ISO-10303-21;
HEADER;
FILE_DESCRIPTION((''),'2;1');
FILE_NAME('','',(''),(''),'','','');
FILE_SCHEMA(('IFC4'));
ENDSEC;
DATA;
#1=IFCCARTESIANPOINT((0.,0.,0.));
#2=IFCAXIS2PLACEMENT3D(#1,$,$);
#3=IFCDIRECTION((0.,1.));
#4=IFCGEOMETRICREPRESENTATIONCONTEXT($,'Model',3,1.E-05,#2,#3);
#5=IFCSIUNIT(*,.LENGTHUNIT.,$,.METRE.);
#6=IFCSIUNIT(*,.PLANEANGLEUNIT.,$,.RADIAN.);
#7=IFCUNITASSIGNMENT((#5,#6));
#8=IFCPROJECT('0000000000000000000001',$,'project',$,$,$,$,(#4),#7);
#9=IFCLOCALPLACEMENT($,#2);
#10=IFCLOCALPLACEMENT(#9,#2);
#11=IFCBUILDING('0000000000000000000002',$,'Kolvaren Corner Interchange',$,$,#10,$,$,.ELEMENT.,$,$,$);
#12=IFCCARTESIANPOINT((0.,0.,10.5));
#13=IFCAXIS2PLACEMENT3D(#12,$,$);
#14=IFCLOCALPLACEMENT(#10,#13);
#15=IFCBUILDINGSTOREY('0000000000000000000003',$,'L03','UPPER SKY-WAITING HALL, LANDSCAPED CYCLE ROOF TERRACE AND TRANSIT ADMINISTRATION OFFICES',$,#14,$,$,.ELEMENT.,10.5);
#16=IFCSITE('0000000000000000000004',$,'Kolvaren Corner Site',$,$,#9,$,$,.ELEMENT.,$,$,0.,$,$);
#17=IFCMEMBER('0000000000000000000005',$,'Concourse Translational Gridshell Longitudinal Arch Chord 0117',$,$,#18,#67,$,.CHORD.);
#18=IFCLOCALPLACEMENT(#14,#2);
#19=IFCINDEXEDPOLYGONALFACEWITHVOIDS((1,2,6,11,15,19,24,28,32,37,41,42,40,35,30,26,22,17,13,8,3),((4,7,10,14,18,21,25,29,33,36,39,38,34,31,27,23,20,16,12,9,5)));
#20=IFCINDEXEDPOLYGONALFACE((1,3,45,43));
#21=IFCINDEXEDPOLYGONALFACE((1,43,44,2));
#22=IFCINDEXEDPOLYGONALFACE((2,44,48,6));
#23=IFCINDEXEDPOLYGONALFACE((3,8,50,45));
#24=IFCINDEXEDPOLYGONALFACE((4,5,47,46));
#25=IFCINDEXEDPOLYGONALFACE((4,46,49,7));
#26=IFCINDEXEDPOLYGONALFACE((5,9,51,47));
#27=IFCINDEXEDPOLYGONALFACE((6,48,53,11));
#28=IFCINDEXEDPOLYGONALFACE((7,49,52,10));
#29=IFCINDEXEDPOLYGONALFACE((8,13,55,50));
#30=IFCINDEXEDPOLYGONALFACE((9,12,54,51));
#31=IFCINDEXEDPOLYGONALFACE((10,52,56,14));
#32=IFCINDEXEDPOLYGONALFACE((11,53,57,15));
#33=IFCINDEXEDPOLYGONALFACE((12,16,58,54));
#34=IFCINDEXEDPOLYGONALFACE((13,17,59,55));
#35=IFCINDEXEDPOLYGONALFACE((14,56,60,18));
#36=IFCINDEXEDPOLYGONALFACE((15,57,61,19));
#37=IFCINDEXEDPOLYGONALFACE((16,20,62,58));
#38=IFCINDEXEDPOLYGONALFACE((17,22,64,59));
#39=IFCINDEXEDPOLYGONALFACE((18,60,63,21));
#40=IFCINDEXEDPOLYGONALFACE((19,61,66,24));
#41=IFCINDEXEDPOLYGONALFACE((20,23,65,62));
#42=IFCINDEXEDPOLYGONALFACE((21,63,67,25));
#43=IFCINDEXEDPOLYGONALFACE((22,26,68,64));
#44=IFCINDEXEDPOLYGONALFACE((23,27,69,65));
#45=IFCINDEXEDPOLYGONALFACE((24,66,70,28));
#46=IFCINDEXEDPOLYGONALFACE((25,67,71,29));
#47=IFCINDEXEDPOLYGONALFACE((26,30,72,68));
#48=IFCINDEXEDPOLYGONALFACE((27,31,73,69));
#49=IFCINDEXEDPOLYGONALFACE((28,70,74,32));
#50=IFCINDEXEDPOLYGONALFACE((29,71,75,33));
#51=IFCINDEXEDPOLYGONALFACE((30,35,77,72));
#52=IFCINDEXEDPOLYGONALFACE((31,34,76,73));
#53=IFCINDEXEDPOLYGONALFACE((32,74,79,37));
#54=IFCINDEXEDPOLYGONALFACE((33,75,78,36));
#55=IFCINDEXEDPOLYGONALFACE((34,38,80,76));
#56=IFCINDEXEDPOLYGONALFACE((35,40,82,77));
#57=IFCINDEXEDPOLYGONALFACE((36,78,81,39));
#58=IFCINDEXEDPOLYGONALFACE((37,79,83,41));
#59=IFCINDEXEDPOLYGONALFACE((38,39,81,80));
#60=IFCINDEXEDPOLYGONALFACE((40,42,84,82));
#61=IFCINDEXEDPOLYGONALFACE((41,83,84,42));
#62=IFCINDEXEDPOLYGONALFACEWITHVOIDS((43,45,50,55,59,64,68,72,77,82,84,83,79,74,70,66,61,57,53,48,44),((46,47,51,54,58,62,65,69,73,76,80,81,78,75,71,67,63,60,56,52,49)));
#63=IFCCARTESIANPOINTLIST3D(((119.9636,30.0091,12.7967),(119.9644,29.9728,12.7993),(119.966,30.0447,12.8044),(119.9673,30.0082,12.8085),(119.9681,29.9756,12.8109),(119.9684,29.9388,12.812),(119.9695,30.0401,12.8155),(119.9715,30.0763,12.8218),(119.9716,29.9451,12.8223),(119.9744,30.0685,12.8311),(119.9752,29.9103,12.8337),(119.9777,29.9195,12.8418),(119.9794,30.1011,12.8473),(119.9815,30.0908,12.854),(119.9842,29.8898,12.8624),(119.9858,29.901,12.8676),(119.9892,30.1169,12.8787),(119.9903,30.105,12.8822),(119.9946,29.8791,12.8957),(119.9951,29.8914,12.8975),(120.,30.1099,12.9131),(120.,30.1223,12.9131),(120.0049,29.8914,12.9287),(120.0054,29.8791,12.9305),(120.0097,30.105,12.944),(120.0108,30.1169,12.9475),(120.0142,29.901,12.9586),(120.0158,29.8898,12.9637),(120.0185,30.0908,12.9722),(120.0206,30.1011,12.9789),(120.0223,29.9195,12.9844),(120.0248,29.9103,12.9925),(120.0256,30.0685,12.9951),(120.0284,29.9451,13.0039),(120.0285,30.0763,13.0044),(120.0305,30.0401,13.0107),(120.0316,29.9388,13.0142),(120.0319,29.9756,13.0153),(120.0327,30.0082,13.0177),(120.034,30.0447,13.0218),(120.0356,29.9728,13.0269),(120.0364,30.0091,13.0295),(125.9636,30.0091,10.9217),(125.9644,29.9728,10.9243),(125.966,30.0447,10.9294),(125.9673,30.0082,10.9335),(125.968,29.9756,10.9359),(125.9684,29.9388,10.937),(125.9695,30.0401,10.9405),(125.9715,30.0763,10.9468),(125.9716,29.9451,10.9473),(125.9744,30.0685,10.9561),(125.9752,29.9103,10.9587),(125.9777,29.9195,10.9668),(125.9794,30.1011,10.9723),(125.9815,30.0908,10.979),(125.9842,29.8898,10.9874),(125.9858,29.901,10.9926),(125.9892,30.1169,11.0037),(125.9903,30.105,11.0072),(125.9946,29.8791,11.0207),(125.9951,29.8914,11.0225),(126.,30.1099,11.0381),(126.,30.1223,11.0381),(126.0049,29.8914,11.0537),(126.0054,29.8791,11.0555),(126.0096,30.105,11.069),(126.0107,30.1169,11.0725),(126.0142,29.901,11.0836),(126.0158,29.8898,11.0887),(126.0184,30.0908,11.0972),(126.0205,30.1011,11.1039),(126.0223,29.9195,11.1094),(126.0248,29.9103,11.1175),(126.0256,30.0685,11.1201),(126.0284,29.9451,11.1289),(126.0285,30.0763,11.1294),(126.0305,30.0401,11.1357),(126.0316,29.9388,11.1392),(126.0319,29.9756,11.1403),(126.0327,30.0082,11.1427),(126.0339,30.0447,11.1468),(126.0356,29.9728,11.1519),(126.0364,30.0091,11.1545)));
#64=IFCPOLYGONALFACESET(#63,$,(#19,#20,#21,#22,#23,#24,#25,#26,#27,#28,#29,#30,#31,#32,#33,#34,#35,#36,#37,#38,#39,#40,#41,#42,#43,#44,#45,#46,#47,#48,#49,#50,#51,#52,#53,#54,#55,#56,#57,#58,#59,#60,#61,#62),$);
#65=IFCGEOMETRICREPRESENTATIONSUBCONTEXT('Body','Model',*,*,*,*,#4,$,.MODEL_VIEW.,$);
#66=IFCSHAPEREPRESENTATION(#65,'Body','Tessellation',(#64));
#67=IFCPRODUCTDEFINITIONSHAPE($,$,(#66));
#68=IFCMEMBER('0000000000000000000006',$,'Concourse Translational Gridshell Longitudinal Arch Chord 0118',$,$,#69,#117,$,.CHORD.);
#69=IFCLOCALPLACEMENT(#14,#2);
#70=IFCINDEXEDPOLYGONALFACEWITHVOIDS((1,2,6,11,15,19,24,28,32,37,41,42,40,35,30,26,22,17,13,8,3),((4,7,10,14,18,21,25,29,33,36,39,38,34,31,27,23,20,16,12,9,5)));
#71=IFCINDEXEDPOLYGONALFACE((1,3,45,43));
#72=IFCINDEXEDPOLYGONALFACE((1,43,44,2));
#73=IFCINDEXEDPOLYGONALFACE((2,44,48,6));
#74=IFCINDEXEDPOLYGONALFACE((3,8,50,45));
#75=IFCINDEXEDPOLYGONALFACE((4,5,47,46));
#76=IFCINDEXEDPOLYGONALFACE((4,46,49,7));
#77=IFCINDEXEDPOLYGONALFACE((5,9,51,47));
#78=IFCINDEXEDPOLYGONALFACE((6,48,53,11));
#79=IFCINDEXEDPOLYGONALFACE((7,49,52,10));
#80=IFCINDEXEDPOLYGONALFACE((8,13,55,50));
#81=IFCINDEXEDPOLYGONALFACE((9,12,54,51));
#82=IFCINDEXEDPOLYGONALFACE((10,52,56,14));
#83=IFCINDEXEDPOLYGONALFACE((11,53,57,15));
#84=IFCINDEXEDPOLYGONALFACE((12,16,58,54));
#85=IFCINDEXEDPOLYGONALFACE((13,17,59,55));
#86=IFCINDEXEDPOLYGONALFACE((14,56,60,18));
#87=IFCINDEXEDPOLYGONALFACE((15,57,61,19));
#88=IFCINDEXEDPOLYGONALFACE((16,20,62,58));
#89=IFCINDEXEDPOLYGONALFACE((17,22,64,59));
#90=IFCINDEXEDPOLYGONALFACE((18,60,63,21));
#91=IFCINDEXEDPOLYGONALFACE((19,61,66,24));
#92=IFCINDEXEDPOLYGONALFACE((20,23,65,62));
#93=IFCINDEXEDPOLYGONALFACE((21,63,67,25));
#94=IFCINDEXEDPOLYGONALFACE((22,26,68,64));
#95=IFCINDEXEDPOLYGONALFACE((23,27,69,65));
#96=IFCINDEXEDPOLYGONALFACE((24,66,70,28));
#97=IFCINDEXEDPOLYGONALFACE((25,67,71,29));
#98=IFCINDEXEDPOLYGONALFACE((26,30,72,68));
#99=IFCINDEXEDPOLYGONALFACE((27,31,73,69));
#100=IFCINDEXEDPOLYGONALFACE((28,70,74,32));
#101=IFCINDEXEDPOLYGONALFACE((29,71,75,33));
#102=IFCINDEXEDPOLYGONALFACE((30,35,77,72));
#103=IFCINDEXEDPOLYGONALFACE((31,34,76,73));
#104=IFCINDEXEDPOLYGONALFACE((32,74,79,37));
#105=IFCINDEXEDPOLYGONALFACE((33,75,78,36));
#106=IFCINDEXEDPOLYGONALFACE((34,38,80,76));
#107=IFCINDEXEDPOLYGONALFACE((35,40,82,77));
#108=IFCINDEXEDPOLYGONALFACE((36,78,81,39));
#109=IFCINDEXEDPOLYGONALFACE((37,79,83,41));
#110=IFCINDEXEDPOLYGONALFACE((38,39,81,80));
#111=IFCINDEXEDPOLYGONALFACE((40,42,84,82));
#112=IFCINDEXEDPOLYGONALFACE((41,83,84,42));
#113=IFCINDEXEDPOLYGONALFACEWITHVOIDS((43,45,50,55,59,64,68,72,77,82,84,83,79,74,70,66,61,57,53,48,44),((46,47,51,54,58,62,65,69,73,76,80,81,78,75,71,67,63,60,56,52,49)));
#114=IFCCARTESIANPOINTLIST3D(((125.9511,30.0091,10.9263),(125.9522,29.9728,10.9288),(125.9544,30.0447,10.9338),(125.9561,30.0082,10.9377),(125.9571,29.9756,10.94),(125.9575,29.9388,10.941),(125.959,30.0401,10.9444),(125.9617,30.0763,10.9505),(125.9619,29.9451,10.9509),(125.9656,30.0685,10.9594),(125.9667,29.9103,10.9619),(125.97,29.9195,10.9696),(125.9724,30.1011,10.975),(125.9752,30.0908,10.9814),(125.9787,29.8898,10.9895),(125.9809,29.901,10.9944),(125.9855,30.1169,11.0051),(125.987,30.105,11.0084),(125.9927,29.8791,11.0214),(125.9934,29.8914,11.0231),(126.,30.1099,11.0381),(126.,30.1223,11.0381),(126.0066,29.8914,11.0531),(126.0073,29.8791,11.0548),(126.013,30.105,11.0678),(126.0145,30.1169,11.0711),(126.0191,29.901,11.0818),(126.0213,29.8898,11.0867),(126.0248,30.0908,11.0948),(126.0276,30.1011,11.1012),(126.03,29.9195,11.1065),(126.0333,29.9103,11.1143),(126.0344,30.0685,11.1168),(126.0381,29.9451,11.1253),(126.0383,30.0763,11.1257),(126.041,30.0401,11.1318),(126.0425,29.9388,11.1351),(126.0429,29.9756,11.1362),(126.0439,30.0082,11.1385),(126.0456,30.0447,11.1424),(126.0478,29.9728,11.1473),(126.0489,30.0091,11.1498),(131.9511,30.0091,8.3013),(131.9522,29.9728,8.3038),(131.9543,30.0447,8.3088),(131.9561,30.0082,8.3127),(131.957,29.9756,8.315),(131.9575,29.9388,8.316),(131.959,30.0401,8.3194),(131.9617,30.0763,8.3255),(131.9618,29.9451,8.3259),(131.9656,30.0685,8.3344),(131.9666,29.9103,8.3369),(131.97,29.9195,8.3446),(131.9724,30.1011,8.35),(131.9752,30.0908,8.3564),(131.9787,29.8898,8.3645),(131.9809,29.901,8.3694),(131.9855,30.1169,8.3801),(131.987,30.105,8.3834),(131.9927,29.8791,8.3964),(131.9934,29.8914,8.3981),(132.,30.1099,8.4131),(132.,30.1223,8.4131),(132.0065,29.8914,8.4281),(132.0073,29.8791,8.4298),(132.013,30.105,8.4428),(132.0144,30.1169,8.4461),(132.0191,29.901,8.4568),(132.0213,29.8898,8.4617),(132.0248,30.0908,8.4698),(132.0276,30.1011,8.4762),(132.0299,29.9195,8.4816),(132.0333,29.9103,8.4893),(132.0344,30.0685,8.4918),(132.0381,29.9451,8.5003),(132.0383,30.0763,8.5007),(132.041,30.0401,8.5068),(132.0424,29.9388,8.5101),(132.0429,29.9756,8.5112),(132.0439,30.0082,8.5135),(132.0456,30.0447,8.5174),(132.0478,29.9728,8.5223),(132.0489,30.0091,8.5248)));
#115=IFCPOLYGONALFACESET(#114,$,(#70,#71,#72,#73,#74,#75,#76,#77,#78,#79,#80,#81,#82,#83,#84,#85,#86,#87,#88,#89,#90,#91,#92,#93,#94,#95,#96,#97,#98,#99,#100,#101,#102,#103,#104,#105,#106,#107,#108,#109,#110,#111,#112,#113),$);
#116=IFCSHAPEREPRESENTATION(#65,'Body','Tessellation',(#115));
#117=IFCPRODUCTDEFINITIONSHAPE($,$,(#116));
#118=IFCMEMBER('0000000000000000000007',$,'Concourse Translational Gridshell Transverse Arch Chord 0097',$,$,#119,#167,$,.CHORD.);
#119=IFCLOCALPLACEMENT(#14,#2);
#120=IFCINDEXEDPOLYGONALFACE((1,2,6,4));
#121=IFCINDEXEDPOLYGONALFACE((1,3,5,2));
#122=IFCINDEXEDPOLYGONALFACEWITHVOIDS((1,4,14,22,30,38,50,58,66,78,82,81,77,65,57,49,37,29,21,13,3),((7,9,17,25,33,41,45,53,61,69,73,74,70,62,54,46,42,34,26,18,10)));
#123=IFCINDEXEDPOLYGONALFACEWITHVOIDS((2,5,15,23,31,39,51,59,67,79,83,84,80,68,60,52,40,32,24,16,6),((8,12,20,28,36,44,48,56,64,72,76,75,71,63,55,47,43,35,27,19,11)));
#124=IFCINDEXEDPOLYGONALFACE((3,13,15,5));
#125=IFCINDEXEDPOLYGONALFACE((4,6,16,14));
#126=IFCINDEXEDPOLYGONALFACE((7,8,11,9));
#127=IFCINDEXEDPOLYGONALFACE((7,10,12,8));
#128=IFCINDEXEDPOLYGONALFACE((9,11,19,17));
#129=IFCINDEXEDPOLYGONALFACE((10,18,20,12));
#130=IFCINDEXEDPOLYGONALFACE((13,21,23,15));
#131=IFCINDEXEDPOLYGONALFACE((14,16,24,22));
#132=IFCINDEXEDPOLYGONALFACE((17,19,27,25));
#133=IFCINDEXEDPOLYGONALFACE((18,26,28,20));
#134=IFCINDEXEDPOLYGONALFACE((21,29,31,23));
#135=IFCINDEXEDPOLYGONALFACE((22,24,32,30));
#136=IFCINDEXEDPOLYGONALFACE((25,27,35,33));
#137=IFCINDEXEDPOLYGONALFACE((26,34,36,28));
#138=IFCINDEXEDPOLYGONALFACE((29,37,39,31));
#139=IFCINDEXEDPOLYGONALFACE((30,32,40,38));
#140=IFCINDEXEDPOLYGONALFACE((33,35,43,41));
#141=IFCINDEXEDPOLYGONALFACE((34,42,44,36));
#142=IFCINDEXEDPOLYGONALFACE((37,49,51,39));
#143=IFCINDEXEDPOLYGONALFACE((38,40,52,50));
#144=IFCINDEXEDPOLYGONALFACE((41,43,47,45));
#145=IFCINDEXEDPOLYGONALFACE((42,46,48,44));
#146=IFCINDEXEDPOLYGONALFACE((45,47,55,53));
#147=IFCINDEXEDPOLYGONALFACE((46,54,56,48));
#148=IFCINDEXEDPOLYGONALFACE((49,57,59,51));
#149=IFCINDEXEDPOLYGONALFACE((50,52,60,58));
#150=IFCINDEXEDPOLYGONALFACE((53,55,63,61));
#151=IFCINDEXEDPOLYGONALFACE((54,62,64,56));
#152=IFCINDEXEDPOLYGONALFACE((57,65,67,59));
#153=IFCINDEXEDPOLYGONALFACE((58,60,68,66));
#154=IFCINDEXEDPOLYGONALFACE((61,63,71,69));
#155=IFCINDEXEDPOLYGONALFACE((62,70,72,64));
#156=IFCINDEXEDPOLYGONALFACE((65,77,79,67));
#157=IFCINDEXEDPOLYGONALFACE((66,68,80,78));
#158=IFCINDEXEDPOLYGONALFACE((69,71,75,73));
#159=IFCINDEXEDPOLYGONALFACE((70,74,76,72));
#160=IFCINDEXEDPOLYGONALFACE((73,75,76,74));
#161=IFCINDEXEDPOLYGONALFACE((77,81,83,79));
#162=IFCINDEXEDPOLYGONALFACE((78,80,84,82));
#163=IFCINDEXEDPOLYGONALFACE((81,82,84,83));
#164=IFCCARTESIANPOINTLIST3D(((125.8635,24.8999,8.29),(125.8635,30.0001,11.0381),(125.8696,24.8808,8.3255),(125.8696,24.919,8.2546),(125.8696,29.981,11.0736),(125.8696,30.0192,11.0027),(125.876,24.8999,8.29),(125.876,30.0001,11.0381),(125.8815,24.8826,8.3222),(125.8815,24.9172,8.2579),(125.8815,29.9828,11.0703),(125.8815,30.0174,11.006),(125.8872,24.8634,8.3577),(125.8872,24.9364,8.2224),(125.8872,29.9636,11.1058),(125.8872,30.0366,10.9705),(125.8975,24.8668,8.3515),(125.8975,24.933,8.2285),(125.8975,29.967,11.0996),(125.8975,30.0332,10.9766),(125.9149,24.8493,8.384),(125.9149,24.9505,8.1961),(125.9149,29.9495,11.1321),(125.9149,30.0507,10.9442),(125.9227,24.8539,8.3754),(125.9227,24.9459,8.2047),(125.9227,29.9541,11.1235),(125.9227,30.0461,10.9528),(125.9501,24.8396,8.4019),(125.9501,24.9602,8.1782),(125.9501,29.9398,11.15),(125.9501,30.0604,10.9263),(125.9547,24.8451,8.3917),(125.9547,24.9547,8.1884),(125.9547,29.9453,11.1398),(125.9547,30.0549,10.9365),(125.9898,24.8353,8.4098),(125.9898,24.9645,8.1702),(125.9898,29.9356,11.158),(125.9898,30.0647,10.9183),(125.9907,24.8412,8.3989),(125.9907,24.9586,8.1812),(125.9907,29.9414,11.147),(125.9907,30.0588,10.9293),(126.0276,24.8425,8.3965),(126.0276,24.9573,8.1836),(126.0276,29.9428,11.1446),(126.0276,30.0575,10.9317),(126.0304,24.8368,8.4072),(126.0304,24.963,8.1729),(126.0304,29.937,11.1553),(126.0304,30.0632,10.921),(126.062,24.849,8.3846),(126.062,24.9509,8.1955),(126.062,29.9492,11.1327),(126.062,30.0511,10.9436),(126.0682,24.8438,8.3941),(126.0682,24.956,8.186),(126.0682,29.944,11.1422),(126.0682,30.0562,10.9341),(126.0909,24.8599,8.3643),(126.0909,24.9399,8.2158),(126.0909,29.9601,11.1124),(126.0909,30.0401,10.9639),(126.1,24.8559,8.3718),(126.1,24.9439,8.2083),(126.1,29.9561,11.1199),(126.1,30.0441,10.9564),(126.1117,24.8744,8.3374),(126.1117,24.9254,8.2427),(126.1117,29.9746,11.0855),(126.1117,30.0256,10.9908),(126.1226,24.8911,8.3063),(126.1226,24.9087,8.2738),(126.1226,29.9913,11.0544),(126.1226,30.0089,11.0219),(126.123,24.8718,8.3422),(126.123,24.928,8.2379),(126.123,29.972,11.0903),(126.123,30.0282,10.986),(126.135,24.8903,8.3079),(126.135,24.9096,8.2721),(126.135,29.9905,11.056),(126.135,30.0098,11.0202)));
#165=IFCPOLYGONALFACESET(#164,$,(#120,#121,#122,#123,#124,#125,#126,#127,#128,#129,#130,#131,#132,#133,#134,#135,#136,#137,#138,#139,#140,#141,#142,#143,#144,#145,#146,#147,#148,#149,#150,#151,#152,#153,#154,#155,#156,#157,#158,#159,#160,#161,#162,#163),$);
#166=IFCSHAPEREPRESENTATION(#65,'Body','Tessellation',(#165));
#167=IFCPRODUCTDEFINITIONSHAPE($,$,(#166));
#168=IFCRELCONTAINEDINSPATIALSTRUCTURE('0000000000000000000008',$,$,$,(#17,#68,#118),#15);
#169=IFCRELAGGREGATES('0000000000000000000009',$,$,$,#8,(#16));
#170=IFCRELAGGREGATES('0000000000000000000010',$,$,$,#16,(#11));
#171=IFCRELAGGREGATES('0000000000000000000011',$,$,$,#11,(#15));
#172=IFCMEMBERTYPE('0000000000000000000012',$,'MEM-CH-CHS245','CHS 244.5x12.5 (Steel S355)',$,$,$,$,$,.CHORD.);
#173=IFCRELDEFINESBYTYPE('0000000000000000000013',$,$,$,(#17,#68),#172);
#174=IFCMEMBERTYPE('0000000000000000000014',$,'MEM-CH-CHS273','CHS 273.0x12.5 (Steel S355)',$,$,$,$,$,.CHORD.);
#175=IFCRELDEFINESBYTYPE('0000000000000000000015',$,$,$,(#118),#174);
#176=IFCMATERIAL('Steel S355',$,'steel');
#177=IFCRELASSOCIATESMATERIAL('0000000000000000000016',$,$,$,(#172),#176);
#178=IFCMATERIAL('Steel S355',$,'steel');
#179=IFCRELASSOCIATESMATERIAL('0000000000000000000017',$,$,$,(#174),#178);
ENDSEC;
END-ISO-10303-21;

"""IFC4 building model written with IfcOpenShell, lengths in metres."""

from ifc_helpers import new_model, si_unit, direction, frame, origin, origin_2d, place, context, subcontext, project, spatial, hollow_circle, extrude, material, material_profile, profile_set, type_object, element, save


model = new_model("IFC4")

# Units and contexts
model_context = context("Model", 3, precision=1e-05, world=origin(), true_north=direction((0.0, 1.0)))
body_context = subcontext(model_context, "Body", "Model", "MODEL_VIEW")
ifc_project = project(units=[si_unit("LENGTHUNIT", "METRE"), si_unit("PLANEANGLEUNIT", "RADIAN")], contexts=[model_context])

# Site, building, storey
site_placement = place(None, origin())
site = spatial("IfcSite", under=ifc_project, at=site_placement, Name="Kolvaren Corner Site", CompositionType="ELEMENT", RefElevation=0.0)
building_placement = place(site_placement, origin())
building = spatial("IfcBuilding", under=site, at=building_placement, Name="Kolvaren Corner Interchange", CompositionType="ELEMENT")
storey_placement = place(building_placement, frame((0.0, 0.0, 10.5)))
storey = spatial("IfcBuildingStorey", under=building, at=storey_placement, Name="L03", Description="UPPER SKY-WAITING HALL, LANDSCAPED CYCLE ROOF TERRACE AND TRANSIT ADMINISTRATION OFFICES", CompositionType="ELEMENT", Elevation=10.5)

# Members
ifc_material_1 = material(Name="Steel S355", Category="steel")
ifc_material_profile_1 = material_profile(ifc_material_1, hollow_circle(Radius=0.1223, WallThickness=0.0125, at=origin_2d()), Name="CHS 244.5x12.5")
ifc_profile_set_1 = profile_set([ifc_material_profile_1], Name="Steel S355")
member_type_1 = type_object("IfcMemberType", Name="MEM-CH-CHS245", Description="CHS 244.5x12.5 (Steel S355)", PredefinedType="CHORD", material=ifc_profile_set_1)
member_1_placement = place(storey_placement, frame((120.0, 30.0, 12.9131), z_axis=(0.95448, 0.0, -0.298275), x_axis=(0.0, 1.0, 0.0)))
element("IfcMember", 1, at=member_1_placement, inside=storey, type_object=member_type_1, Name="Concourse Translational Gridshell Longitudinal Arch Chord 0117", PredefinedType="CHORD", context=body_context, shape_type="SweptSolid", body=[
    extrude(hollow_circle(Radius=0.1223, WallThickness=0.0125, at=origin_2d()), origin(), (0.0, 0.0, 1.0), 6.2861),
])
member_2_placement = place(storey_placement, frame((126.0, 30.0, 11.0381), z_axis=(0.916157, 0.0, -0.400819), x_axis=(0.0, 1.0, 0.0)))
element("IfcMember", 2, at=member_2_placement, inside=storey, type_object=member_type_1, Name="Concourse Translational Gridshell Longitudinal Arch Chord 0118", PredefinedType="CHORD", context=body_context, shape_type="SweptSolid", body=[
    extrude(hollow_circle(Radius=0.1223, WallThickness=0.0125, at=origin_2d()), origin(), (0.0, 0.0, 1.0), 6.5491),
])
ifc_material_2 = material(Name="Steel S355", Category="steel")
ifc_material_profile_2 = material_profile(ifc_material_2, hollow_circle(Radius=0.1365, WallThickness=0.0125, at=origin_2d()), Name="CHS 273.0x12.5")
ifc_profile_set_2 = profile_set([ifc_material_profile_2], Name="Steel S355")
member_type_2 = type_object("IfcMemberType", Name="MEM-CH-CHS273", Description="CHS 273.0x12.5 (Steel S355)", PredefinedType="CHORD", material=ifc_profile_set_2)
member_3_placement = place(storey_placement, frame((126.0, 24.8999, 8.29), z_axis=(0.0, 0.880338, 0.474346), x_axis=(-1.0, 0.0, 0.0)))
element("IfcMember", 3, at=member_3_placement, inside=storey, type_object=member_type_2, Name="Concourse Translational Gridshell Transverse Arch Chord 0097", PredefinedType="CHORD", context=body_context, shape_type="SweptSolid", body=[
    extrude(hollow_circle(Radius=0.1365, WallThickness=0.0125, at=origin_2d()), origin(), (0.0, 0.0, 1.0), 5.7935),
])

save(model, "model.ifc")
